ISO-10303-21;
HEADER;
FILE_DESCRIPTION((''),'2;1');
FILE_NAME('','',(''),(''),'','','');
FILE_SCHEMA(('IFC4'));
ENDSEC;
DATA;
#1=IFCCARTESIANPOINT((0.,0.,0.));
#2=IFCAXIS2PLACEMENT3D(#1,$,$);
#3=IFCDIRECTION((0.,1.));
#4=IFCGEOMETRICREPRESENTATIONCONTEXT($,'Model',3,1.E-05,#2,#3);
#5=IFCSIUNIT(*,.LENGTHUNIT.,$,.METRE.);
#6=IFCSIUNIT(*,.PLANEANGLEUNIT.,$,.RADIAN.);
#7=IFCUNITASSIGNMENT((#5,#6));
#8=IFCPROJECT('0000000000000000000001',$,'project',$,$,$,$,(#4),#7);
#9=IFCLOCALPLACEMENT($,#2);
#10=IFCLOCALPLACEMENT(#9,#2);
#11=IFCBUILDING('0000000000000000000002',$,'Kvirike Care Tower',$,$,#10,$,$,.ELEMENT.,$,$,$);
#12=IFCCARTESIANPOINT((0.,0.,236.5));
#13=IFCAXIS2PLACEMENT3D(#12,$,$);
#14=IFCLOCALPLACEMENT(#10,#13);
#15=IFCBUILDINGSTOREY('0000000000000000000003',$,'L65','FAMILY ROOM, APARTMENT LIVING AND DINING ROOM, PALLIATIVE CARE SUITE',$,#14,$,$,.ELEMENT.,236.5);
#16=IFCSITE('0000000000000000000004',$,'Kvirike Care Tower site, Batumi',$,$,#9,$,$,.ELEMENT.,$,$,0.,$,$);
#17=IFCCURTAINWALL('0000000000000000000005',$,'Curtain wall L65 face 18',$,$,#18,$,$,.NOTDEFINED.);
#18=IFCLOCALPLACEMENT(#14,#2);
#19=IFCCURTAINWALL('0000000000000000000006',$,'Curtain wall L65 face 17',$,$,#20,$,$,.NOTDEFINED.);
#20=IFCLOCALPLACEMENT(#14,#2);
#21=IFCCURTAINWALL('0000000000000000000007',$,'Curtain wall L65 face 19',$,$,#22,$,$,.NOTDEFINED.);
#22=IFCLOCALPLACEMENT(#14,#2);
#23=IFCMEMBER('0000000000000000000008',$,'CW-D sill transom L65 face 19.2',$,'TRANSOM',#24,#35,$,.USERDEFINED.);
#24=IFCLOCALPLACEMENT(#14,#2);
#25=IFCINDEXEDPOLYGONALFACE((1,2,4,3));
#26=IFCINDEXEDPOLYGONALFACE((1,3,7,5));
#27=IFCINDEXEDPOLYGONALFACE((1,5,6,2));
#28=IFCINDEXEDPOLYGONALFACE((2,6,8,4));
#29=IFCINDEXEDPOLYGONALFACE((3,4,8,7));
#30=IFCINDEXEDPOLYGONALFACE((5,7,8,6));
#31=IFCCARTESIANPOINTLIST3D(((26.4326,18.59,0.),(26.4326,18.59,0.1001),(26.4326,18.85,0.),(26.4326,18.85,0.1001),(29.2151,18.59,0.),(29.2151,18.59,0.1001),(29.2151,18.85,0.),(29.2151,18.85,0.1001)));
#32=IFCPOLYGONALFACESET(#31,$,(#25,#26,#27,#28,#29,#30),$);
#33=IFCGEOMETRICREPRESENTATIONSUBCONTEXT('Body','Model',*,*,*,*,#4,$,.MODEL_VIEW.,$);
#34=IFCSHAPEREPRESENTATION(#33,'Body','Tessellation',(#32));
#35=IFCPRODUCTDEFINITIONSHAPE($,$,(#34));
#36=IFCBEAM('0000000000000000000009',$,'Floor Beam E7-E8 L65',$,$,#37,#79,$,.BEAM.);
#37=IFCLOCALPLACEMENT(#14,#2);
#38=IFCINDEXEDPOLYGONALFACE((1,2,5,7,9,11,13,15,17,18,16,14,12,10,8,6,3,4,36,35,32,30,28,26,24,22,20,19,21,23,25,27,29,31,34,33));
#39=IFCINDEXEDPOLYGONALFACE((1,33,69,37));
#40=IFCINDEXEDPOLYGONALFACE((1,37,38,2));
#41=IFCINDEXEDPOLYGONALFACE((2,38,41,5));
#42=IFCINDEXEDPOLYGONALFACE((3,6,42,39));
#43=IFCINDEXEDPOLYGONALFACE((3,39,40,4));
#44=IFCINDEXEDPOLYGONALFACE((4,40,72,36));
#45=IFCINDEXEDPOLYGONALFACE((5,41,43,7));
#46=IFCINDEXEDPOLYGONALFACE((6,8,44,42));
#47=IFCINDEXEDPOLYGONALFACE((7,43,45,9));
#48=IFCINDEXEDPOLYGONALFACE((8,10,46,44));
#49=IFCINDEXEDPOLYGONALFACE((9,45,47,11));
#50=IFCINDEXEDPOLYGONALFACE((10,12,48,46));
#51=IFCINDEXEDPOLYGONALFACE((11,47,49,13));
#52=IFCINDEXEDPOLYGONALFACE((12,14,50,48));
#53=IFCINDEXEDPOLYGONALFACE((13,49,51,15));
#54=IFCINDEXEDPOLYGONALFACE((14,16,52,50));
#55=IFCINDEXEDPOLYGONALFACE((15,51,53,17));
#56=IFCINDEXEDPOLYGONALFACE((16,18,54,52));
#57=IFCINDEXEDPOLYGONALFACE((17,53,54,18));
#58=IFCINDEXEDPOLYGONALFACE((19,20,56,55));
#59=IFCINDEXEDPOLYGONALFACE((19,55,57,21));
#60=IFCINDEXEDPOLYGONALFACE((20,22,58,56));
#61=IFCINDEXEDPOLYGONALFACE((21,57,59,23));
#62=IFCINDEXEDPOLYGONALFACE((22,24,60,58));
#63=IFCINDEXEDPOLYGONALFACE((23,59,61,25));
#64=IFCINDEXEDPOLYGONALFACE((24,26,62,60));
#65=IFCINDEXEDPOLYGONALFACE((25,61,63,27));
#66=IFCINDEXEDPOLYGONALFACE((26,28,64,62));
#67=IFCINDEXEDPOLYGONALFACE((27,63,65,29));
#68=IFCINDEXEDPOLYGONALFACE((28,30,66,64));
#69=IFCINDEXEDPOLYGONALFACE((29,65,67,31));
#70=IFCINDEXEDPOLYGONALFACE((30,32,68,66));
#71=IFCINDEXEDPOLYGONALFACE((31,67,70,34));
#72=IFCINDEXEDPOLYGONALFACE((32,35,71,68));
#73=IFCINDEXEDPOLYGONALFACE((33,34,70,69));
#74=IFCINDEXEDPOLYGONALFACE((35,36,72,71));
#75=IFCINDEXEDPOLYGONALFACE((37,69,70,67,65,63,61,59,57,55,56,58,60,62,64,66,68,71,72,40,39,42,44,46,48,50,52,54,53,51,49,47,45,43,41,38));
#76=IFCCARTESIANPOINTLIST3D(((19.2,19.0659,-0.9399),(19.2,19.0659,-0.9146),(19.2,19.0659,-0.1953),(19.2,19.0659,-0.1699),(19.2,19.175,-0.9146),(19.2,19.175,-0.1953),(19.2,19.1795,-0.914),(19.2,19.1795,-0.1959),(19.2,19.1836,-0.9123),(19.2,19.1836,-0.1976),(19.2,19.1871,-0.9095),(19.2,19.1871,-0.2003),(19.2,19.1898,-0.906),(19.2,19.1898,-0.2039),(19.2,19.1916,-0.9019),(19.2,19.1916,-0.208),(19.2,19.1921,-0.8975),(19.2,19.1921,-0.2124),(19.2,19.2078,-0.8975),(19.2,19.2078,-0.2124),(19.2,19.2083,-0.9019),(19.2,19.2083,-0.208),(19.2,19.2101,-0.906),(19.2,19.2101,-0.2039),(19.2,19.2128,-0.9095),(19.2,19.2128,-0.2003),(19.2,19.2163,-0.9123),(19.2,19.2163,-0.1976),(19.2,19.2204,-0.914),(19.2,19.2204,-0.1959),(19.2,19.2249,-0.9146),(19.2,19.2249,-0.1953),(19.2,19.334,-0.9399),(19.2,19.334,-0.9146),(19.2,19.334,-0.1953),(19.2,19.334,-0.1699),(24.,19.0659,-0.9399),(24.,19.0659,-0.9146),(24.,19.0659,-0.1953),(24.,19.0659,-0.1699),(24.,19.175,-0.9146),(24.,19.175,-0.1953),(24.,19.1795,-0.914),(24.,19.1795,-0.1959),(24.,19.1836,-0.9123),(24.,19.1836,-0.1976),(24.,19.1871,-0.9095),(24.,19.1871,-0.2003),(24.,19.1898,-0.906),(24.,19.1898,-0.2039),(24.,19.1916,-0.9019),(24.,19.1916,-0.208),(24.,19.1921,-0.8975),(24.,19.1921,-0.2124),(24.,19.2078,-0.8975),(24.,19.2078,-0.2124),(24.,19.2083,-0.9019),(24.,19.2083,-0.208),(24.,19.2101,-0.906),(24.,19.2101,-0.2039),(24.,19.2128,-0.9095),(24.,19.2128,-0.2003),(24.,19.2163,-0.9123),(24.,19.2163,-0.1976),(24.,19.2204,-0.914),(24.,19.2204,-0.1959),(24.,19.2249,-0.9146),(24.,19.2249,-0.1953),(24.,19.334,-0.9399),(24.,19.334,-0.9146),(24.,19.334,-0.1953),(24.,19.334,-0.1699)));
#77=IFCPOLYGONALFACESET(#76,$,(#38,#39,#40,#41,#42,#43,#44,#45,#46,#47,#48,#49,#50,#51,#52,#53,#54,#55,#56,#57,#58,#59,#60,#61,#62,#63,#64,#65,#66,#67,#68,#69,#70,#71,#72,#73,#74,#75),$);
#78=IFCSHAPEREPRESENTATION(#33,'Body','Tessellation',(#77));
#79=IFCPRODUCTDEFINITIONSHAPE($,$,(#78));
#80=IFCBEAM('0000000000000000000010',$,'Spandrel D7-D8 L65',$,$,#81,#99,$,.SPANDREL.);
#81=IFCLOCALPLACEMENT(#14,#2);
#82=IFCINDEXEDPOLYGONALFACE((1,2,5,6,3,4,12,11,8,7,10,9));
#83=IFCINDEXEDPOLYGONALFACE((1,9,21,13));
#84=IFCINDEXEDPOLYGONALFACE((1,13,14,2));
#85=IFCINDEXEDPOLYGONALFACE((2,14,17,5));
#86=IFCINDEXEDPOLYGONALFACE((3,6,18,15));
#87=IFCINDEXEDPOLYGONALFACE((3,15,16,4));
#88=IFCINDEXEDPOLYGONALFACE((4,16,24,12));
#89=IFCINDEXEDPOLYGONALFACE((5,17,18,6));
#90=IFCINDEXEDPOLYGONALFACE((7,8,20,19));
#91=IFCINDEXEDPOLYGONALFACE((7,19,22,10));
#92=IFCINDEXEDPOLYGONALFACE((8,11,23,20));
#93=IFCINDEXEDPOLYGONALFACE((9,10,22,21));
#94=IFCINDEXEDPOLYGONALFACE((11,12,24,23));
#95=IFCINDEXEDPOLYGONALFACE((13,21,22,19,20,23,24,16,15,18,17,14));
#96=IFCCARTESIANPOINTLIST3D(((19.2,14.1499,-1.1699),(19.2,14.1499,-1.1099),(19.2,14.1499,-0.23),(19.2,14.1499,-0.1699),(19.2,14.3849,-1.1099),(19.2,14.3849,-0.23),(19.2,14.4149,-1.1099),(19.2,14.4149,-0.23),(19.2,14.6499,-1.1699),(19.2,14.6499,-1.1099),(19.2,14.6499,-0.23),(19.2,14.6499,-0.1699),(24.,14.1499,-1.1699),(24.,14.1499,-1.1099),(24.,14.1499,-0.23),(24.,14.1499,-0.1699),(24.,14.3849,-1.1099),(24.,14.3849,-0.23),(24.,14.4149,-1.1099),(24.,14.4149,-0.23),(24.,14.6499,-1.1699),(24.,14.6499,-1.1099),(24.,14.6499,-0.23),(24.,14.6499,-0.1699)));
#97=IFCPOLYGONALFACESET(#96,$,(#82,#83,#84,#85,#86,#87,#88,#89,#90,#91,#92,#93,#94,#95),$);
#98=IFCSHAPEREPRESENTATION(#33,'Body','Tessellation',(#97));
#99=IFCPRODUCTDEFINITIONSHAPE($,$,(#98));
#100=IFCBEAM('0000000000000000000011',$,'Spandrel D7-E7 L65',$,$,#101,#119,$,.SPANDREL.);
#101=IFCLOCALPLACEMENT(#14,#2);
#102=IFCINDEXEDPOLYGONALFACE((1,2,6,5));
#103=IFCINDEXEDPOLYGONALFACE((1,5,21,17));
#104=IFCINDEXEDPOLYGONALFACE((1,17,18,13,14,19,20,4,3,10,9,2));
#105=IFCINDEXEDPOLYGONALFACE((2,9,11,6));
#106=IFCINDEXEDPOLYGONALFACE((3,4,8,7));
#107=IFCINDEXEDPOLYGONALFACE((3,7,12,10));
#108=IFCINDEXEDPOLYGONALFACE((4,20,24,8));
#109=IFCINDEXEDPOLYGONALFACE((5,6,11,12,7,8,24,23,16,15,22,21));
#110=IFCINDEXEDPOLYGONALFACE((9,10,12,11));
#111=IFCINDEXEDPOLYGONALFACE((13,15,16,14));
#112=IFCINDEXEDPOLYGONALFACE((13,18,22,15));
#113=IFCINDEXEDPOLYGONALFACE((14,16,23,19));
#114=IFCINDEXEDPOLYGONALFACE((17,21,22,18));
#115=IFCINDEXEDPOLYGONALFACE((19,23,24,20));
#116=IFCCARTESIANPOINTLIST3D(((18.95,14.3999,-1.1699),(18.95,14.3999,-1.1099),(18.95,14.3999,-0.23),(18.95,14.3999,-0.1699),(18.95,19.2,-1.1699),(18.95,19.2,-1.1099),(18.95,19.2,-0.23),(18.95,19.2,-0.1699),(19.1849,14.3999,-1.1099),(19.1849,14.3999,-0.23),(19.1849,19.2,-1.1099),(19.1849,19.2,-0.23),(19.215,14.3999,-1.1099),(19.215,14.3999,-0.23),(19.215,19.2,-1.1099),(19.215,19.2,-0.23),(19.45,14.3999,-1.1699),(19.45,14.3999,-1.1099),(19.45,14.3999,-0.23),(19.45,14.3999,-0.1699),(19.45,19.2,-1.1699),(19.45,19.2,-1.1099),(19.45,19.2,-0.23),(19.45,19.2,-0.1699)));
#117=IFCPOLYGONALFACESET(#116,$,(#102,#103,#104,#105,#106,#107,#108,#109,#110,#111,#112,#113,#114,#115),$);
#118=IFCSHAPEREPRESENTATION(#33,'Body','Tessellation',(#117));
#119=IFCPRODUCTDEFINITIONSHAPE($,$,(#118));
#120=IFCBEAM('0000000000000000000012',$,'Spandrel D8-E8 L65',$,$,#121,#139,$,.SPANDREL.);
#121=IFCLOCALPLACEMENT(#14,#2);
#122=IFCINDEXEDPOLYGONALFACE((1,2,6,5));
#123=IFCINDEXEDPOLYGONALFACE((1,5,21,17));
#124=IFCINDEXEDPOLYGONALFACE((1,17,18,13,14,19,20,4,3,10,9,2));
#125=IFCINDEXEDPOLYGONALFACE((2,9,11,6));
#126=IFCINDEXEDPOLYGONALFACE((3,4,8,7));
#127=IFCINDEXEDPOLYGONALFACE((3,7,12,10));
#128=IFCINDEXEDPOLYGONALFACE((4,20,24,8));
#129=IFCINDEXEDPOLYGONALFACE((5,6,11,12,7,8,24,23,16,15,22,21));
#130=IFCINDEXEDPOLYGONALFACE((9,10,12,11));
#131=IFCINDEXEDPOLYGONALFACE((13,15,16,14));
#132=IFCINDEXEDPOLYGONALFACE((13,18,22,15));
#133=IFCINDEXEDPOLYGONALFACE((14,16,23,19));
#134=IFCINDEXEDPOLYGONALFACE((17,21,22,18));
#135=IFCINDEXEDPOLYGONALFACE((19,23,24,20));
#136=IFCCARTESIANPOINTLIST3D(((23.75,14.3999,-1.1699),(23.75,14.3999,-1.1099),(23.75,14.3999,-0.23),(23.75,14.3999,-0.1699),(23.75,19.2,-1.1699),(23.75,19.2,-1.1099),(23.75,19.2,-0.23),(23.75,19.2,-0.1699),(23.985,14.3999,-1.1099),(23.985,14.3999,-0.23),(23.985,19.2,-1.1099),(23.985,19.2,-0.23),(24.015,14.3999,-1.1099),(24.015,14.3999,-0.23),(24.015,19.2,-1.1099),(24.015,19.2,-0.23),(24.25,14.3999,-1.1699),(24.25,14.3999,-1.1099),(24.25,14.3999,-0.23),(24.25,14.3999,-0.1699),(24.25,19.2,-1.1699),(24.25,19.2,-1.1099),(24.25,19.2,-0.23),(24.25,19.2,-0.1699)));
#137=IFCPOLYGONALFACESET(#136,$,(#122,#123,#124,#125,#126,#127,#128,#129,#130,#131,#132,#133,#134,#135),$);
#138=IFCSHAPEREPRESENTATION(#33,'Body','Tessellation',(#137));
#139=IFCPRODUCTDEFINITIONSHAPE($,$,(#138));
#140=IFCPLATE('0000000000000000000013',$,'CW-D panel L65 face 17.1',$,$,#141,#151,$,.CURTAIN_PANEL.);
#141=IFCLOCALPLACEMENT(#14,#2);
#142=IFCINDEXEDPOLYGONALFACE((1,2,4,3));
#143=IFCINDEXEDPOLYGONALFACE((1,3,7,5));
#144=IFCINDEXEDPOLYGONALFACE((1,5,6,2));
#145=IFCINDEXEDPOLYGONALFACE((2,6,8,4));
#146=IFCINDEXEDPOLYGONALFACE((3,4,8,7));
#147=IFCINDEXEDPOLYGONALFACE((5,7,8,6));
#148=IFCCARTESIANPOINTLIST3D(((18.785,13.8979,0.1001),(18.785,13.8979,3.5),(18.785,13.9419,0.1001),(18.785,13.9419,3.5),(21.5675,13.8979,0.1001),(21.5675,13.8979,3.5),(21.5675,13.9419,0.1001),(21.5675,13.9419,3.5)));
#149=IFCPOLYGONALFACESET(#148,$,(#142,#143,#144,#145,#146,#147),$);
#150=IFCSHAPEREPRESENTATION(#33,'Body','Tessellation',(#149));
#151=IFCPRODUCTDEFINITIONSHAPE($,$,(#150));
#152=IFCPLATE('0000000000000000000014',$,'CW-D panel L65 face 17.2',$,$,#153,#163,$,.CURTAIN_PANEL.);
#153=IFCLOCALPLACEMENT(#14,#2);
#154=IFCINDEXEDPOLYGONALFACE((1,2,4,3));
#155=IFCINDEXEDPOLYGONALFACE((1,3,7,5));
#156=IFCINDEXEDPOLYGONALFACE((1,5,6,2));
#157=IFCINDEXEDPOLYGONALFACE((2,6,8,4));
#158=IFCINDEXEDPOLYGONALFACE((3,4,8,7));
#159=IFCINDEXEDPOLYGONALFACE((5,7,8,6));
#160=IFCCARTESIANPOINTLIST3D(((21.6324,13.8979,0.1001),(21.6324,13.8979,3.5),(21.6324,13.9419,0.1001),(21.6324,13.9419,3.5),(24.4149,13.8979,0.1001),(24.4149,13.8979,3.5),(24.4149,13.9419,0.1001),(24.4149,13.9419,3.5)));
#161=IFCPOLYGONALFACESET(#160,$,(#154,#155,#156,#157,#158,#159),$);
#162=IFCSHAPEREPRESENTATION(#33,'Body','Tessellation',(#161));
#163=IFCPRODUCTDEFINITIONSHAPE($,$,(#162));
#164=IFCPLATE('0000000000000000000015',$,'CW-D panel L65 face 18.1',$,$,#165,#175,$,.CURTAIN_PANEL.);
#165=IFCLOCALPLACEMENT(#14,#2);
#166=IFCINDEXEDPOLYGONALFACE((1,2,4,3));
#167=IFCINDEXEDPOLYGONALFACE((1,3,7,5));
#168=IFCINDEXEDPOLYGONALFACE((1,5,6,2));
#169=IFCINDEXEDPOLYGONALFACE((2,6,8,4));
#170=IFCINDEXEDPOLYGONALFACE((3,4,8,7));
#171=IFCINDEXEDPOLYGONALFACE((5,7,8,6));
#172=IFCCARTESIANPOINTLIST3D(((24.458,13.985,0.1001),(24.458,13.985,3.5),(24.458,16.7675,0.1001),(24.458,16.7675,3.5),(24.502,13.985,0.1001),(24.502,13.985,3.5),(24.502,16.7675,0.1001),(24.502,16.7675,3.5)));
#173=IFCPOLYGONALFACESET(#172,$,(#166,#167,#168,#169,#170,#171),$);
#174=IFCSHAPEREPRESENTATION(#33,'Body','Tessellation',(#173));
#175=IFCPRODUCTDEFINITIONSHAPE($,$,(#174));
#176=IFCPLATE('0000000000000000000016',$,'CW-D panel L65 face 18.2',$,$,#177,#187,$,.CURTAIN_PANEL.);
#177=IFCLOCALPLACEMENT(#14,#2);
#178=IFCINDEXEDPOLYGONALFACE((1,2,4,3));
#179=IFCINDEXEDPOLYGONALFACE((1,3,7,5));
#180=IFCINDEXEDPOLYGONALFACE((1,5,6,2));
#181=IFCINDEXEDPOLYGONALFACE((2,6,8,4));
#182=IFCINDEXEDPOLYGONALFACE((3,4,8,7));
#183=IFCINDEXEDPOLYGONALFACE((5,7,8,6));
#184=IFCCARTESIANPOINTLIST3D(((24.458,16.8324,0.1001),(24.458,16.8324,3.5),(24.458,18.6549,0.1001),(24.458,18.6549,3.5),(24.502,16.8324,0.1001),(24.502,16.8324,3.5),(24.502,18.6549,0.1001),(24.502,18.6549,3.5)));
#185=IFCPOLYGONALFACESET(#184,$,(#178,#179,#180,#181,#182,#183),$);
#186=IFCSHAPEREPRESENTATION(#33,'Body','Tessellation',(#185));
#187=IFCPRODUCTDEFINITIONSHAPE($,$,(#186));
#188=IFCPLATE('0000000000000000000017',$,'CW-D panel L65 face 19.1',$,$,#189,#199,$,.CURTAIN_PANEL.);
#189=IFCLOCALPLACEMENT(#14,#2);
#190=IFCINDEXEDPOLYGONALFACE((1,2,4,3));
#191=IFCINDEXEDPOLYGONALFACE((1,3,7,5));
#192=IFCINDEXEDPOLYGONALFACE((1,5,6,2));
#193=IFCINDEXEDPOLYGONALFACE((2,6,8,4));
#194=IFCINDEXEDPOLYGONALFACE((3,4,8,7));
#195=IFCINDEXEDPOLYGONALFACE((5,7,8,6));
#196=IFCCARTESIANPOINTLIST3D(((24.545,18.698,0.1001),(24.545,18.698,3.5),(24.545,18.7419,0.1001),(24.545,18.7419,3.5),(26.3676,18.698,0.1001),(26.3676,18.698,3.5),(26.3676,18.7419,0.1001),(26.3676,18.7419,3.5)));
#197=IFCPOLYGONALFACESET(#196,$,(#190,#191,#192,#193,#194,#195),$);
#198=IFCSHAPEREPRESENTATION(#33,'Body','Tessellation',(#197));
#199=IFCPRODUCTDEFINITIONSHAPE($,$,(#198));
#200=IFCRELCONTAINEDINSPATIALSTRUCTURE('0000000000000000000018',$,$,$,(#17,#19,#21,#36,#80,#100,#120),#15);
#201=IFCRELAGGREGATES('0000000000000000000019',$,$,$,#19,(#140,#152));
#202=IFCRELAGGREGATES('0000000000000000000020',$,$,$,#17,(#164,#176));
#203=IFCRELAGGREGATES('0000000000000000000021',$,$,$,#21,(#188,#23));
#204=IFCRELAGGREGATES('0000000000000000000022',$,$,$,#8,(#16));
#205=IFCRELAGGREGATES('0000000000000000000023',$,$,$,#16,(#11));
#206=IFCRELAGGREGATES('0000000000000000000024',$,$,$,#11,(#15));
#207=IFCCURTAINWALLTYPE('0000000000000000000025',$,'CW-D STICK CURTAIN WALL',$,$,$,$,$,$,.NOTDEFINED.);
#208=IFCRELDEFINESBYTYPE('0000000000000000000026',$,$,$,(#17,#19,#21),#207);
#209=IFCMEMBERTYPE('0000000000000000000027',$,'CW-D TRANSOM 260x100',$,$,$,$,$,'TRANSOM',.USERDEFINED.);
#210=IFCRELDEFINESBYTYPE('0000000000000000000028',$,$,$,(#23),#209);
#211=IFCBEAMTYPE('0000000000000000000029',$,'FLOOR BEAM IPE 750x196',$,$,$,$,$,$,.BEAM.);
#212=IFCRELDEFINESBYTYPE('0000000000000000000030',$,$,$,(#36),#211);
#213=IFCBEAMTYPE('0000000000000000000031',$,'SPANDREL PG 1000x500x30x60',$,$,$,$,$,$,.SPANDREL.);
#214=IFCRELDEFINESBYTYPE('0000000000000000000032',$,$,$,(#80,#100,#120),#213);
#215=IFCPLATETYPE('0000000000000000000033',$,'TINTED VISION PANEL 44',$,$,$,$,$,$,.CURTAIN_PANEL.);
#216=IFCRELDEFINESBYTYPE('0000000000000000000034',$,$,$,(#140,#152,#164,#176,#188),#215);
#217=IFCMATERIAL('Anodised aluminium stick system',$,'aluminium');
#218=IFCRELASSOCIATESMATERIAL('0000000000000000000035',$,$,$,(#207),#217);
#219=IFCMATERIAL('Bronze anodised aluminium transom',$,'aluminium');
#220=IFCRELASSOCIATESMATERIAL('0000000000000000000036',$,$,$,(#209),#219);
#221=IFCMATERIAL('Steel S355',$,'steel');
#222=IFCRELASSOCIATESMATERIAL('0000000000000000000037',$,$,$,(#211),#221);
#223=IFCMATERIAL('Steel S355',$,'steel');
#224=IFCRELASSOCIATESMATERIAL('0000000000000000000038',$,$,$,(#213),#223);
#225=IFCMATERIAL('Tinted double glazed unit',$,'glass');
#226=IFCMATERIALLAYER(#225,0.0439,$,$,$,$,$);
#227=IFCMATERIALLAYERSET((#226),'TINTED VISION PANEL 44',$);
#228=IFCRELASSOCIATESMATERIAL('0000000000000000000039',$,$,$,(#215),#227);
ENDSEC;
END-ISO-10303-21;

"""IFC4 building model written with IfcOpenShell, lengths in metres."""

from ifc_helpers import new_model, si_unit, direction, frame, origin, origin_2d, place, context, subcontext, project, spatial, rectangle, i_section, extrude, material, layer, layer_set, material_profile, profile_set, type_object, element, aggregate, save


model = new_model("IFC4")

# Units and contexts
model_context = context("Model", 3, precision=1e-05, world=origin(), true_north=direction((0.0, 1.0)))
body_context = subcontext(model_context, "Body", "Model", "MODEL_VIEW")
ifc_project = project(units=[si_unit("LENGTHUNIT", "METRE"), si_unit("PLANEANGLEUNIT", "RADIAN")], contexts=[model_context])

# Site, building, storey
site_placement = place(None, origin())
site = spatial("IfcSite", under=ifc_project, at=site_placement, Name="Kvirike Care Tower site, Batumi", CompositionType="ELEMENT", RefElevation=0.0)
building_placement = place(site_placement, origin())
building = spatial("IfcBuilding", under=site, at=building_placement, Name="Kvirike Care Tower", CompositionType="ELEMENT")
storey_placement = place(building_placement, frame((0.0, 0.0, 236.5)))
storey = spatial("IfcBuildingStorey", under=building, at=storey_placement, Name="L65", Description="FAMILY ROOM, APARTMENT LIVING AND DINING ROOM, PALLIATIVE CARE SUITE", CompositionType="ELEMENT", Elevation=236.5)

# Curtain wall
ifc_material_1 = material(Name="Anodised aluminium stick system", Category="aluminium")
curtain_wall_type = type_object("IfcCurtainWallType", Name="CW-D STICK CURTAIN WALL", PredefinedType="NOTDEFINED", material=ifc_material_1)
curtain_wall_1_placement = place(storey_placement, origin())
curtain_wall_1 = element("IfcCurtainWall", 1, at=curtain_wall_1_placement, inside=storey, type_object=curtain_wall_type, Name="Curtain wall L65 face 18", PredefinedType="NOTDEFINED")

# Curtain wall
curtain_wall_2_placement = place(storey_placement, origin())
curtain_wall_2 = element("IfcCurtainWall", 2, at=curtain_wall_2_placement, inside=storey, type_object=curtain_wall_type, Name="Curtain wall L65 face 17", PredefinedType="NOTDEFINED")

# Curtain wall
curtain_wall_3_placement = place(storey_placement, origin())
curtain_wall_3 = element("IfcCurtainWall", 3, at=curtain_wall_3_placement, inside=storey, type_object=curtain_wall_type, Name="Curtain wall L65 face 19", PredefinedType="NOTDEFINED")

# Member
ifc_material_2 = material(Name="Bronze anodised aluminium transom", Category="aluminium")
ifc_material_profile_1 = material_profile(ifc_material_2, rectangle(XDim=0.26, YDim=0.1001, at=origin_2d()), Name="CW-D TRANSOM 260x100")
ifc_profile_set_1 = profile_set([ifc_material_profile_1], Name="Bronze anodised aluminium transom")
member_type_1 = type_object("IfcMemberType", Name="CW-D TRANSOM 260x100", ElementType="TRANSOM", PredefinedType="USERDEFINED", material=ifc_profile_set_1)
member_1_placement = place(storey_placement, frame((26.4326, 18.72, 0.05), z_axis=(1.0, 0.0, 0.0), x_axis=(0.0, 1.0, 0.0)))
member_1 = element("IfcMember", 4, at=member_1_placement, type_object=member_type_1, Name="CW-D sill transom L65 face 19.2", ObjectType="TRANSOM", PredefinedType="USERDEFINED", context=body_context, shape_type="SweptSolid", body=[
    extrude(rectangle(XDim=0.26, YDim=0.1001, at=origin_2d()), origin(), (0.0, 0.0, 1.0), 2.7825),
])

# Beams
ifc_material_3 = material(Name="Steel S355", Category="steel")
ifc_material_profile_2 = material_profile(ifc_material_3, i_section(OverallWidth=0.2681, OverallDepth=0.77, WebThickness=0.0156, FlangeThickness=0.0254, FilletRadius=0.0171, at=origin_2d()), Name="IPE 750x196")
ifc_profile_set_2 = profile_set([ifc_material_profile_2], Name="Steel S355")
beam_type_1 = type_object("IfcBeamType", Name="FLOOR BEAM IPE 750x196", PredefinedType="BEAM", material=ifc_profile_set_2)
beam_placement = place(storey_placement, frame((19.2, 19.2, -0.5549), z_axis=(1.0, 0.0, 0.0), x_axis=(0.0, 1.0, 0.0)))
element("IfcBeam", 5, at=beam_placement, inside=storey, type_object=beam_type_1, Name="Floor Beam E7-E8 L65", PredefinedType="BEAM", context=body_context, shape_type="SweptSolid", body=[
    extrude(i_section(OverallWidth=0.2681, OverallDepth=0.77, WebThickness=0.0156, FlangeThickness=0.0254, FilletRadius=0.0171, at=origin_2d()), origin(), (0.0, 0.0, 1.0), 4.8),
])
ifc_material_4 = material(Name="Steel S355", Category="steel")
ifc_material_profile_3 = material_profile(ifc_material_4, i_section(OverallWidth=0.5, OverallDepth=1.0, WebThickness=0.03, FlangeThickness=0.0601, at=origin_2d()), Name="PG 1000x500x30x60")
ifc_profile_set_3 = profile_set([ifc_material_profile_3], Name="Steel S355")
beam_type_2 = type_object("IfcBeamType", Name="SPANDREL PG 1000x500x30x60", PredefinedType="SPANDREL", material=ifc_profile_set_3)
for number, where, z_axis, x_axis, name in (
    (6, (19.2, 14.3999, -0.6699), (1.0, 0.0, 0.0), (0.0, 1.0, 0.0), "Spandrel D7-D8 L65"),
    (7, (19.2, 14.3999, -0.6699), (0.0, 1.0, 0.0), (-1.0, 0.0, 0.0), "Spandrel D7-E7 L65"),
    (8, (24.0, 14.3999, -0.6699), (0.0, 1.0, 0.0), (-1.0, 0.0, 0.0), "Spandrel D8-E8 L65"),
):
    element("IfcBeam", number, at=place(storey_placement, frame(where, z_axis=z_axis, x_axis=x_axis)), inside=storey, type_object=beam_type_2, Name=name, PredefinedType="SPANDREL", context=body_context, shape_type="SweptSolid", body=[
        extrude(i_section(OverallWidth=0.5, OverallDepth=1.0, WebThickness=0.03, FlangeThickness=0.0601, at=origin_2d()), origin(), (0.0, 0.0, 1.0), 4.8),
    ])

# Plates
ifc_material_5 = material(Name="Tinted double glazed unit", Category="glass")
ifc_layer = layer(ifc_material_5, 0.0439)
ifc_layer_set = layer_set([ifc_layer], Name="TINTED VISION PANEL 44")
plate_type = type_object("IfcPlateType", Name="TINTED VISION PANEL 44", PredefinedType="CURTAIN_PANEL", material=ifc_layer_set)
plate_1_placement = place(storey_placement, frame((20.1763, 13.9199, 0.1001), z_axis=(0.0, 0.0, 1.0), x_axis=(1.0, 0.0, 0.0)))
plate_1 = element("IfcPlate", 9, at=plate_1_placement, type_object=plate_type, Name="CW-D panel L65 face 17.1", PredefinedType="CURTAIN_PANEL", context=body_context, shape_type="SweptSolid", body=[
    extrude(rectangle(XDim=2.7825, YDim=0.0439, at=origin_2d()), origin(), (0.0, 0.0, 1.0), 3.3999),
])
plate_2_placement = place(storey_placement, frame((23.0237, 13.9199, 0.1001), z_axis=(0.0, 0.0, 1.0), x_axis=(1.0, 0.0, 0.0)))
plate_2 = element("IfcPlate", 10, at=plate_2_placement, type_object=plate_type, Name="CW-D panel L65 face 17.2", PredefinedType="CURTAIN_PANEL", context=body_context, shape_type="SweptSolid", body=[
    extrude(rectangle(XDim=2.7825, YDim=0.0439, at=origin_2d()), origin(), (0.0, 0.0, 1.0), 3.3999),
])
aggregate(curtain_wall_2, [plate_1, plate_2])
plate_3_placement = place(storey_placement, frame((24.48, 15.3762, 0.1001), z_axis=(0.0, 0.0, 1.0), x_axis=(0.0, 1.0, 0.0)))
plate_3 = element("IfcPlate", 11, at=plate_3_placement, type_object=plate_type, Name="CW-D panel L65 face 18.1", PredefinedType="CURTAIN_PANEL", context=body_context, shape_type="SweptSolid", body=[
    extrude(rectangle(XDim=2.7825, YDim=0.0439, at=origin_2d()), origin(), (0.0, 0.0, 1.0), 3.3999),
])
plate_4_placement = place(storey_placement, frame((24.48, 17.7437, 0.1001), z_axis=(0.0, 0.0, 1.0), x_axis=(0.0, 1.0, 0.0)))
plate_4 = element("IfcPlate", 12, at=plate_4_placement, type_object=plate_type, Name="CW-D panel L65 face 18.2", PredefinedType="CURTAIN_PANEL", context=body_context, shape_type="SweptSolid", body=[
    extrude(rectangle(XDim=1.8225, YDim=0.0439, at=origin_2d()), origin(), (0.0, 0.0, 1.0), 3.3999),
])
aggregate(curtain_wall_1, [plate_3, plate_4])
plate_5_placement = place(storey_placement, frame((25.4563, 18.72, 0.1001), z_axis=(0.0, 0.0, 1.0), x_axis=(1.0, 0.0, 0.0)))
plate_5 = element("IfcPlate", 13, at=plate_5_placement, type_object=plate_type, Name="CW-D panel L65 face 19.1", PredefinedType="CURTAIN_PANEL", context=body_context, shape_type="SweptSolid", body=[
    extrude(rectangle(XDim=1.8225, YDim=0.0439, at=origin_2d()), origin(), (0.0, 0.0, 1.0), 3.3999),
])
aggregate(curtain_wall_3, [plate_5, member_1])

save(model, "model.ifc")
